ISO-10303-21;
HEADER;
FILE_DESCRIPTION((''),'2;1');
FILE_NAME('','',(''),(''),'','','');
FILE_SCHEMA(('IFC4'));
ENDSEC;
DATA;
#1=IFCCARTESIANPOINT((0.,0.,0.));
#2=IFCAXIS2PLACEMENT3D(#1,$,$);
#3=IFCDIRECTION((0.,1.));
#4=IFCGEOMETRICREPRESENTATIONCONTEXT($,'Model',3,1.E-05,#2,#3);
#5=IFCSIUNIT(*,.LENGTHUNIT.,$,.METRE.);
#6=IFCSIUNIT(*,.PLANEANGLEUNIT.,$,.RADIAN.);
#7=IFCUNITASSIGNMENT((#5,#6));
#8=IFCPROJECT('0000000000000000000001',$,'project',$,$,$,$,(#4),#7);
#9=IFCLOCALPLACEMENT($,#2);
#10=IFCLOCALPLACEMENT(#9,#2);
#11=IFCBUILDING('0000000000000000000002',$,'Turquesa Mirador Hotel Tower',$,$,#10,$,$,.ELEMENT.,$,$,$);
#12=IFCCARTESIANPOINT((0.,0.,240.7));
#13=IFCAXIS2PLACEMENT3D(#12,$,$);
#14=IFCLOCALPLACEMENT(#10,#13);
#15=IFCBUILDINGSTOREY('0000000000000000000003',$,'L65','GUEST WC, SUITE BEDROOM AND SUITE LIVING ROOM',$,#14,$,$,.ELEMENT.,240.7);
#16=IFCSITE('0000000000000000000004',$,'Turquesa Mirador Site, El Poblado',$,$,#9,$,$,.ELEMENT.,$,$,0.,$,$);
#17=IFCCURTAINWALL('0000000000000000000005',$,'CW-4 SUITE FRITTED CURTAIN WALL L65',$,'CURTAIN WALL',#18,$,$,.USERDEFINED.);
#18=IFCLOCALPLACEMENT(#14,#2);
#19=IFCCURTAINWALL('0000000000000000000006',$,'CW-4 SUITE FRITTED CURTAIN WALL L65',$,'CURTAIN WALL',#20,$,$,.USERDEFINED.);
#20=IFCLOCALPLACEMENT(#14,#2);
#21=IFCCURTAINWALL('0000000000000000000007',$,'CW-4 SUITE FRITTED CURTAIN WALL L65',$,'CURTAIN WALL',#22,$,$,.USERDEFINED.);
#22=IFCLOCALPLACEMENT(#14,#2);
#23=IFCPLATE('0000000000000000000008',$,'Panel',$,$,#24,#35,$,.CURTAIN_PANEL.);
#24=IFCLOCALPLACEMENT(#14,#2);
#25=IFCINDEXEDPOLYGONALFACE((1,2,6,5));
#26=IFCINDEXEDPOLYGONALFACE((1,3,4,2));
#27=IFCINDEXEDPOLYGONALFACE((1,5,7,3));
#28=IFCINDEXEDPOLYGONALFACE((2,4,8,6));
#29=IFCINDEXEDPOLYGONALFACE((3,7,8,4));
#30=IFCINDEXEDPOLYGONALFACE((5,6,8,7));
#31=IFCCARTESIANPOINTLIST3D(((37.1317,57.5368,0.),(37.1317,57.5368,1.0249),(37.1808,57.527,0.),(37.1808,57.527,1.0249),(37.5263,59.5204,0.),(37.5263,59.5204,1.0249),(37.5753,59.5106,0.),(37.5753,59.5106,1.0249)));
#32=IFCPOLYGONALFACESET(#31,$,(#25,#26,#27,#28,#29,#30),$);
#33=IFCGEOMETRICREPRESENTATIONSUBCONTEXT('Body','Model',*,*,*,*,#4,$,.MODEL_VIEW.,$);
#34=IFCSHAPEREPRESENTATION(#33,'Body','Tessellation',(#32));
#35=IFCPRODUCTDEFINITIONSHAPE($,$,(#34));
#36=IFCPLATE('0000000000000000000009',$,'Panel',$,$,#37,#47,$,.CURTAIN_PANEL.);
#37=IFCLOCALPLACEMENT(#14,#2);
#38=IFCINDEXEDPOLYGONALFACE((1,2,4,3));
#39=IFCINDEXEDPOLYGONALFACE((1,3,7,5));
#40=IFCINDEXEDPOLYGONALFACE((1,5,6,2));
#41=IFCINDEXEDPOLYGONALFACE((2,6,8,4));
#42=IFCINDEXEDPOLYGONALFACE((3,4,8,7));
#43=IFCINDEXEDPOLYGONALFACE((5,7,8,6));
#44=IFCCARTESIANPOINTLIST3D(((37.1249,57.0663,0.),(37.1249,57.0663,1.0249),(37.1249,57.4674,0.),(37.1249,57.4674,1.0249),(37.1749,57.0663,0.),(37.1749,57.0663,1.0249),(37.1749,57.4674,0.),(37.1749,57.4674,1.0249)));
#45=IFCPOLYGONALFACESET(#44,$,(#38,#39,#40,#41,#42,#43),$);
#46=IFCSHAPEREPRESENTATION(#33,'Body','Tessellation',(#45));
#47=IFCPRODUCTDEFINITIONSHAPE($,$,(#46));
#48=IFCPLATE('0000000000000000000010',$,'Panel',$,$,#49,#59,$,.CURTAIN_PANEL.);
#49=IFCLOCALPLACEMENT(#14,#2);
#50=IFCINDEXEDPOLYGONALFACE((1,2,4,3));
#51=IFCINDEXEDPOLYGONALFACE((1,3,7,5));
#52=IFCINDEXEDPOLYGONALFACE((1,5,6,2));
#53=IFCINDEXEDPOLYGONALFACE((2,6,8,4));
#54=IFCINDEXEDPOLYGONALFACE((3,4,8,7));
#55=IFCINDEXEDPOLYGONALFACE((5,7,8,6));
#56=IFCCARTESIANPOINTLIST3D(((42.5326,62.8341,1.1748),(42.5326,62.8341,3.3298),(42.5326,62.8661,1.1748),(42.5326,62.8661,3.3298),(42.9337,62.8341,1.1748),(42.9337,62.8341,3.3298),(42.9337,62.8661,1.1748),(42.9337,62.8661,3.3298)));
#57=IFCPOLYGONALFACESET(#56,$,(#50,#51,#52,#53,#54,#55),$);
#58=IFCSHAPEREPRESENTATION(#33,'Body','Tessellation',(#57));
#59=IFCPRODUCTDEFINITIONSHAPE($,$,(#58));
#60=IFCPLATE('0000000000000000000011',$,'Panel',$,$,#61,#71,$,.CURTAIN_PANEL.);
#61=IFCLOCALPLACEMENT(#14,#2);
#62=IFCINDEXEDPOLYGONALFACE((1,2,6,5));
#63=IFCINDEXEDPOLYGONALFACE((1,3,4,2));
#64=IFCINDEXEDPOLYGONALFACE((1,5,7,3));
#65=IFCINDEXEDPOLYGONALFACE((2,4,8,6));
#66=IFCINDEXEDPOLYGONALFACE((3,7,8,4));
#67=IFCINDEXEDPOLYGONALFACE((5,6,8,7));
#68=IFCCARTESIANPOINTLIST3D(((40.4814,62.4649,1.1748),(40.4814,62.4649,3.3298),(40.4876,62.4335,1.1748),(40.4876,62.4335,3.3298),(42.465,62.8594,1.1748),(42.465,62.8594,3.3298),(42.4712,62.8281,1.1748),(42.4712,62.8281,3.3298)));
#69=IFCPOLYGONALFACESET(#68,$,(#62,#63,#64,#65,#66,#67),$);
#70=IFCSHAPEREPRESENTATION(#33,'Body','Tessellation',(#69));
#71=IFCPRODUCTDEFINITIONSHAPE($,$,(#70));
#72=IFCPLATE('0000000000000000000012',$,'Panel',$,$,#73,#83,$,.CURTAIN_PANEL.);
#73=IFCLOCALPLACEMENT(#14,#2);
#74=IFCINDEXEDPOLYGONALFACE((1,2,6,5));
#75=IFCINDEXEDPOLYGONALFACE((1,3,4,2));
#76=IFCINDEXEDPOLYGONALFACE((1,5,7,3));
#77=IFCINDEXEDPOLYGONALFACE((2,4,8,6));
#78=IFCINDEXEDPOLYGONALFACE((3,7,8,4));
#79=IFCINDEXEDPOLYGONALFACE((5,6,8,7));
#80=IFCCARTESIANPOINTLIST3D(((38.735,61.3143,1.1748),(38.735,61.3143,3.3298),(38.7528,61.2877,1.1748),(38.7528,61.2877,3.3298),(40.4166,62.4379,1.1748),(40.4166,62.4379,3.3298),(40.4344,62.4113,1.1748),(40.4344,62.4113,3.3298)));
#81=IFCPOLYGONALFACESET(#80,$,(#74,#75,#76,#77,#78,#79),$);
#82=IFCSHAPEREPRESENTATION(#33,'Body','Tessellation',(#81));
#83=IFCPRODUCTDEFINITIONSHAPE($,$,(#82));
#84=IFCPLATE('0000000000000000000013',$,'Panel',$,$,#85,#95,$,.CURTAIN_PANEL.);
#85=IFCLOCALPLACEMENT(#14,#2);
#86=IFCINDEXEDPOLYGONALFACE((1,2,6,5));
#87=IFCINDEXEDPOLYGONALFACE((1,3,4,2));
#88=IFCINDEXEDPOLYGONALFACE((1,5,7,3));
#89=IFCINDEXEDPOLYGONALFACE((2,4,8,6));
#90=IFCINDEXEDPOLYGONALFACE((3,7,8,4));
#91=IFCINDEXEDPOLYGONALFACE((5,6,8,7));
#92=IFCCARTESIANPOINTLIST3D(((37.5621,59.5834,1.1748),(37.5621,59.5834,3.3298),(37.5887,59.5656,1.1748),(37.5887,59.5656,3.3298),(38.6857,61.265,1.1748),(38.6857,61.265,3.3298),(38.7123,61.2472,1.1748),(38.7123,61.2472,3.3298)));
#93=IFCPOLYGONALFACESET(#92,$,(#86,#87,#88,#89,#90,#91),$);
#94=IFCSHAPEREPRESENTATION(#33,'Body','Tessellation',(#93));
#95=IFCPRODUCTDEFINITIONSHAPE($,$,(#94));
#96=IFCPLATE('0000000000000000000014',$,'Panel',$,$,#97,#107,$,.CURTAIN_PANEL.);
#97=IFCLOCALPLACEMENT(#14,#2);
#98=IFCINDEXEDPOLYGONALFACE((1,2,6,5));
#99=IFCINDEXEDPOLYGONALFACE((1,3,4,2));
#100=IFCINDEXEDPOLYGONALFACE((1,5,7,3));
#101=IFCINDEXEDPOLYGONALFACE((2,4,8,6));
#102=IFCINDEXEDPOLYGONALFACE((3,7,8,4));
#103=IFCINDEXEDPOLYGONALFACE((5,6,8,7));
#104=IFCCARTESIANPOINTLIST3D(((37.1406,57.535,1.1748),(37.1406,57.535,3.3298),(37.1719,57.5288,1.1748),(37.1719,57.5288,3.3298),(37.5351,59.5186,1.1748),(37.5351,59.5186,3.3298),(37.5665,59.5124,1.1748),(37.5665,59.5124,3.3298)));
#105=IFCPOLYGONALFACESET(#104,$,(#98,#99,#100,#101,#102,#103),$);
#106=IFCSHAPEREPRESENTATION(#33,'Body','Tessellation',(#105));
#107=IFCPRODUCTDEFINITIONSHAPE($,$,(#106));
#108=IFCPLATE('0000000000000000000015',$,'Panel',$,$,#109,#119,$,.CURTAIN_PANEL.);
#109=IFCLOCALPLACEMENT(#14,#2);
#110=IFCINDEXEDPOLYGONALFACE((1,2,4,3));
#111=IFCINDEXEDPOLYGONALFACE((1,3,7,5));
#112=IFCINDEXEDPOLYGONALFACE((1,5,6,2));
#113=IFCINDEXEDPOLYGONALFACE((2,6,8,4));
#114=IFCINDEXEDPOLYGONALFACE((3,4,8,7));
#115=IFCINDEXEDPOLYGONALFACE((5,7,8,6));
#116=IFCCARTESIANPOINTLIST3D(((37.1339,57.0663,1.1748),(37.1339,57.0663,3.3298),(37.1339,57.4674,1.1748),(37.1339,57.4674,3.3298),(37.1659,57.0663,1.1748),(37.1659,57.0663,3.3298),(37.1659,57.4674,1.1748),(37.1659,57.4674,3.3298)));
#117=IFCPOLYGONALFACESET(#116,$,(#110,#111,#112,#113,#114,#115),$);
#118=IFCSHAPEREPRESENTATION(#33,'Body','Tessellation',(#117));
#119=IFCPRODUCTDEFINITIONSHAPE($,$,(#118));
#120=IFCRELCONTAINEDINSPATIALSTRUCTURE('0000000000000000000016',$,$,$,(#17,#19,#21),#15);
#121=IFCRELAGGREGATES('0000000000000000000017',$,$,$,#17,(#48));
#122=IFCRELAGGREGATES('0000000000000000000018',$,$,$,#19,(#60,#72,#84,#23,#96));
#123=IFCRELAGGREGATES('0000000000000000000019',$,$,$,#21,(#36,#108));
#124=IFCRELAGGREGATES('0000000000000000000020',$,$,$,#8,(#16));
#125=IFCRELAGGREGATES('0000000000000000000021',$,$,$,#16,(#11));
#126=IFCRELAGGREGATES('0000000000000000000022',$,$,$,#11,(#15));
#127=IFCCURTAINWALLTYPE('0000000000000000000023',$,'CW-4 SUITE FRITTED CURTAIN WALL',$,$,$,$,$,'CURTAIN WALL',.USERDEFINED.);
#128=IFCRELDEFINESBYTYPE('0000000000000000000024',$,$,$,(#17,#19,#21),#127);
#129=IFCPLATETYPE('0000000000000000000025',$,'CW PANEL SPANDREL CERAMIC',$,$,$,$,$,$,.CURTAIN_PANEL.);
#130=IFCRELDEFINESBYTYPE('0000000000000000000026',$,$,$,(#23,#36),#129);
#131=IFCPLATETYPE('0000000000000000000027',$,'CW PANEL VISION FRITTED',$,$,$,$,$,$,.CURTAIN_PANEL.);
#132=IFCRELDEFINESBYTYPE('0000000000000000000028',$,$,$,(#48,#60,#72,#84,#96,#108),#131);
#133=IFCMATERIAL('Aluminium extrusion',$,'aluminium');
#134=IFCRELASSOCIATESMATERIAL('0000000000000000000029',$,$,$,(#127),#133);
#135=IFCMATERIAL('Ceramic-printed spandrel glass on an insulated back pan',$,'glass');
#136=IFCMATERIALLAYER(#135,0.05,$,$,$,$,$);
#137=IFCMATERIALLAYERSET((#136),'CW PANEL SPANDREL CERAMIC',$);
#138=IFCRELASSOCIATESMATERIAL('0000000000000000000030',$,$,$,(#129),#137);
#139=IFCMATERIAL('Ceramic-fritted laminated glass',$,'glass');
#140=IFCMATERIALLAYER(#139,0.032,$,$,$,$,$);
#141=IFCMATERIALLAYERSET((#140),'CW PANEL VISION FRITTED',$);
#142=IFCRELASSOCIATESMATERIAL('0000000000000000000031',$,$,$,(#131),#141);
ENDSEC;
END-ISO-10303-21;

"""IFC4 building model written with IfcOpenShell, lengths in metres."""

from ifc_helpers import new_model, si_unit, direction, frame, origin, origin_2d, place, context, subcontext, project, spatial, rectangle, extrude, material, layer, layer_set, type_object, element, aggregate, save


model = new_model("IFC4")

# Units and contexts
model_context = context("Model", 3, precision=1e-05, world=origin(), true_north=direction((0.0, 1.0)))
body_context = subcontext(model_context, "Body", "Model", "MODEL_VIEW")
ifc_project = project(units=[si_unit("LENGTHUNIT", "METRE"), si_unit("PLANEANGLEUNIT", "RADIAN")], contexts=[model_context])

# Site, building, storey
site_placement = place(None, origin())
site = spatial("IfcSite", under=ifc_project, at=site_placement, Name="Turquesa Mirador Site, El Poblado", CompositionType="ELEMENT", RefElevation=0.0)
building_placement = place(site_placement, origin())
building = spatial("IfcBuilding", under=site, at=building_placement, Name="Turquesa Mirador Hotel Tower", CompositionType="ELEMENT")
storey_placement = place(building_placement, frame((0.0, 0.0, 240.7)))
storey = spatial("IfcBuildingStorey", under=building, at=storey_placement, Name="L65", Description="GUEST WC, SUITE BEDROOM AND SUITE LIVING ROOM", CompositionType="ELEMENT", Elevation=240.7)

# Curtain walls
ifc_material_1 = material(Name="Aluminium extrusion", Category="aluminium")
curtain_wall_type = type_object("IfcCurtainWallType", Name="CW-4 SUITE FRITTED CURTAIN WALL", ElementType="CURTAIN WALL", PredefinedType="USERDEFINED", material=ifc_material_1)
curtain_wall_1_placement = place(storey_placement, origin())
curtain_wall_1 = element("IfcCurtainWall", 1, at=curtain_wall_1_placement, inside=storey, type_object=curtain_wall_type, Name="CW-4 SUITE FRITTED CURTAIN WALL L65", ObjectType="CURTAIN WALL", PredefinedType="USERDEFINED")
curtain_wall_2_placement = place(storey_placement, origin())
curtain_wall_2 = element("IfcCurtainWall", 2, at=curtain_wall_2_placement, inside=storey, type_object=curtain_wall_type, Name="CW-4 SUITE FRITTED CURTAIN WALL L65", ObjectType="CURTAIN WALL", PredefinedType="USERDEFINED")
curtain_wall_3_placement = place(storey_placement, origin())
curtain_wall_3 = element("IfcCurtainWall", 3, at=curtain_wall_3_placement, inside=storey, type_object=curtain_wall_type, Name="CW-4 SUITE FRITTED CURTAIN WALL L65", ObjectType="CURTAIN WALL", PredefinedType="USERDEFINED")

# Plates
ifc_material_2 = material(Name="Ceramic-printed spandrel glass on an insulated back pan", Category="glass")
ifc_layer_1 = layer(ifc_material_2, 0.05)
ifc_layer_set_1 = layer_set([ifc_layer_1], Name="CW PANEL SPANDREL CERAMIC")
plate_type_1 = type_object("IfcPlateType", Name="CW PANEL SPANDREL CERAMIC", PredefinedType="CURTAIN_PANEL", material=ifc_layer_set_1)
plate_1_placement = place(storey_placement, frame((37.3535, 58.5237, 0.0), z_axis=(0.0, 0.0, 1.0), x_axis=(-0.195091, -0.980785, 0.0)))
plate_1 = element("IfcPlate", 4, at=plate_1_placement, type_object=plate_type_1, Name="Panel", PredefinedType="CURTAIN_PANEL", context=body_context, shape_type="SweptSolid", body=[
    extrude(rectangle(XDim=2.0225, YDim=0.05, at=origin_2d()), origin(), (0.0, 0.0, 1.0), 1.0249),
])
plate_2_placement = place(storey_placement, frame((37.1499, 57.2668, 0.0), z_axis=(0.0, 0.0, 1.0), x_axis=(0.0, -1.0, 0.0)))
plate_2 = element("IfcPlate", 5, at=plate_2_placement, type_object=plate_type_1, Name="Panel", PredefinedType="CURTAIN_PANEL", context=body_context, shape_type="SweptSolid", body=[
    extrude(rectangle(XDim=0.4011, YDim=0.05, at=origin_2d()), origin(), (0.0, 0.0, 1.0), 1.0249),
])
ifc_material_3 = material(Name="Ceramic-fritted laminated glass", Category="glass")
ifc_layer_2 = layer(ifc_material_3, 0.032)
ifc_layer_set_2 = layer_set([ifc_layer_2], Name="CW PANEL VISION FRITTED")
plate_type_2 = type_object("IfcPlateType", Name="CW PANEL VISION FRITTED", PredefinedType="CURTAIN_PANEL", material=ifc_layer_set_2)
plate_3_placement = place(storey_placement, frame((42.7332, 62.8501, 1.1748), z_axis=(0.0, 0.0, 1.0), x_axis=(-1.0, 0.0, 0.0)))
plate_3 = element("IfcPlate", 6, at=plate_3_placement, type_object=plate_type_2, Name="Panel", PredefinedType="CURTAIN_PANEL", context=body_context, shape_type="SweptSolid", body=[
    extrude(rectangle(XDim=0.4011, YDim=0.032, at=origin_2d()), origin(), (0.0, 0.0, 1.0), 2.155),
])
aggregate(curtain_wall_1, [plate_3])
plate_4_placement = place(storey_placement, frame((41.4763, 62.6465, 1.1748), z_axis=(0.0, 0.0, 1.0), x_axis=(-0.980785, -0.195091, 0.0)))
plate_4 = element("IfcPlate", 7, at=plate_4_placement, type_object=plate_type_2, Name="Panel", PredefinedType="CURTAIN_PANEL", context=body_context, shape_type="SweptSolid", body=[
    extrude(rectangle(XDim=2.0225, YDim=0.032, at=origin_2d()), origin(), (0.0, 0.0, 1.0), 2.155),
])
plate_5_placement = place(storey_placement, frame((39.5847, 61.8628, 1.1748), z_axis=(0.0, 0.0, 1.0), x_axis=(-0.83147, -0.55557, 0.0)))
plate_5 = element("IfcPlate", 8, at=plate_5_placement, type_object=plate_type_2, Name="Panel", PredefinedType="CURTAIN_PANEL", context=body_context, shape_type="SweptSolid", body=[
    extrude(rectangle(XDim=2.0225, YDim=0.032, at=origin_2d()), origin(), (0.0, 0.0, 1.0), 2.155),
])
plate_6_placement = place(storey_placement, frame((38.1372, 60.4153, 1.1748), z_axis=(0.0, 0.0, 1.0), x_axis=(-0.55557, -0.83147, 0.0)))
plate_6 = element("IfcPlate", 9, at=plate_6_placement, type_object=plate_type_2, Name="Panel", PredefinedType="CURTAIN_PANEL", context=body_context, shape_type="SweptSolid", body=[
    extrude(rectangle(XDim=2.0225, YDim=0.032, at=origin_2d()), origin(), (0.0, 0.0, 1.0), 2.155),
])
plate_7_placement = place(storey_placement, frame((37.3535, 58.5237, 1.1748), z_axis=(0.0, 0.0, 1.0), x_axis=(-0.195091, -0.980785, 0.0)))
plate_7 = element("IfcPlate", 10, at=plate_7_placement, type_object=plate_type_2, Name="Panel", PredefinedType="CURTAIN_PANEL", context=body_context, shape_type="SweptSolid", body=[
    extrude(rectangle(XDim=2.0225, YDim=0.032, at=origin_2d()), origin(), (0.0, 0.0, 1.0), 2.155),
])
aggregate(curtain_wall_2, [plate_4, plate_5, plate_6, plate_1, plate_7])
plate_8_placement = place(storey_placement, frame((37.1499, 57.2668, 1.1748), z_axis=(0.0, 0.0, 1.0), x_axis=(0.0, -1.0, 0.0)))
plate_8 = element("IfcPlate", 11, at=plate_8_placement, type_object=plate_type_2, Name="Panel", PredefinedType="CURTAIN_PANEL", context=body_context, shape_type="SweptSolid", body=[
    extrude(rectangle(XDim=0.4011, YDim=0.032, at=origin_2d()), origin(), (0.0, 0.0, 1.0), 2.155),
])
aggregate(curtain_wall_3, [plate_2, plate_8])

save(model, "model.ifc")
